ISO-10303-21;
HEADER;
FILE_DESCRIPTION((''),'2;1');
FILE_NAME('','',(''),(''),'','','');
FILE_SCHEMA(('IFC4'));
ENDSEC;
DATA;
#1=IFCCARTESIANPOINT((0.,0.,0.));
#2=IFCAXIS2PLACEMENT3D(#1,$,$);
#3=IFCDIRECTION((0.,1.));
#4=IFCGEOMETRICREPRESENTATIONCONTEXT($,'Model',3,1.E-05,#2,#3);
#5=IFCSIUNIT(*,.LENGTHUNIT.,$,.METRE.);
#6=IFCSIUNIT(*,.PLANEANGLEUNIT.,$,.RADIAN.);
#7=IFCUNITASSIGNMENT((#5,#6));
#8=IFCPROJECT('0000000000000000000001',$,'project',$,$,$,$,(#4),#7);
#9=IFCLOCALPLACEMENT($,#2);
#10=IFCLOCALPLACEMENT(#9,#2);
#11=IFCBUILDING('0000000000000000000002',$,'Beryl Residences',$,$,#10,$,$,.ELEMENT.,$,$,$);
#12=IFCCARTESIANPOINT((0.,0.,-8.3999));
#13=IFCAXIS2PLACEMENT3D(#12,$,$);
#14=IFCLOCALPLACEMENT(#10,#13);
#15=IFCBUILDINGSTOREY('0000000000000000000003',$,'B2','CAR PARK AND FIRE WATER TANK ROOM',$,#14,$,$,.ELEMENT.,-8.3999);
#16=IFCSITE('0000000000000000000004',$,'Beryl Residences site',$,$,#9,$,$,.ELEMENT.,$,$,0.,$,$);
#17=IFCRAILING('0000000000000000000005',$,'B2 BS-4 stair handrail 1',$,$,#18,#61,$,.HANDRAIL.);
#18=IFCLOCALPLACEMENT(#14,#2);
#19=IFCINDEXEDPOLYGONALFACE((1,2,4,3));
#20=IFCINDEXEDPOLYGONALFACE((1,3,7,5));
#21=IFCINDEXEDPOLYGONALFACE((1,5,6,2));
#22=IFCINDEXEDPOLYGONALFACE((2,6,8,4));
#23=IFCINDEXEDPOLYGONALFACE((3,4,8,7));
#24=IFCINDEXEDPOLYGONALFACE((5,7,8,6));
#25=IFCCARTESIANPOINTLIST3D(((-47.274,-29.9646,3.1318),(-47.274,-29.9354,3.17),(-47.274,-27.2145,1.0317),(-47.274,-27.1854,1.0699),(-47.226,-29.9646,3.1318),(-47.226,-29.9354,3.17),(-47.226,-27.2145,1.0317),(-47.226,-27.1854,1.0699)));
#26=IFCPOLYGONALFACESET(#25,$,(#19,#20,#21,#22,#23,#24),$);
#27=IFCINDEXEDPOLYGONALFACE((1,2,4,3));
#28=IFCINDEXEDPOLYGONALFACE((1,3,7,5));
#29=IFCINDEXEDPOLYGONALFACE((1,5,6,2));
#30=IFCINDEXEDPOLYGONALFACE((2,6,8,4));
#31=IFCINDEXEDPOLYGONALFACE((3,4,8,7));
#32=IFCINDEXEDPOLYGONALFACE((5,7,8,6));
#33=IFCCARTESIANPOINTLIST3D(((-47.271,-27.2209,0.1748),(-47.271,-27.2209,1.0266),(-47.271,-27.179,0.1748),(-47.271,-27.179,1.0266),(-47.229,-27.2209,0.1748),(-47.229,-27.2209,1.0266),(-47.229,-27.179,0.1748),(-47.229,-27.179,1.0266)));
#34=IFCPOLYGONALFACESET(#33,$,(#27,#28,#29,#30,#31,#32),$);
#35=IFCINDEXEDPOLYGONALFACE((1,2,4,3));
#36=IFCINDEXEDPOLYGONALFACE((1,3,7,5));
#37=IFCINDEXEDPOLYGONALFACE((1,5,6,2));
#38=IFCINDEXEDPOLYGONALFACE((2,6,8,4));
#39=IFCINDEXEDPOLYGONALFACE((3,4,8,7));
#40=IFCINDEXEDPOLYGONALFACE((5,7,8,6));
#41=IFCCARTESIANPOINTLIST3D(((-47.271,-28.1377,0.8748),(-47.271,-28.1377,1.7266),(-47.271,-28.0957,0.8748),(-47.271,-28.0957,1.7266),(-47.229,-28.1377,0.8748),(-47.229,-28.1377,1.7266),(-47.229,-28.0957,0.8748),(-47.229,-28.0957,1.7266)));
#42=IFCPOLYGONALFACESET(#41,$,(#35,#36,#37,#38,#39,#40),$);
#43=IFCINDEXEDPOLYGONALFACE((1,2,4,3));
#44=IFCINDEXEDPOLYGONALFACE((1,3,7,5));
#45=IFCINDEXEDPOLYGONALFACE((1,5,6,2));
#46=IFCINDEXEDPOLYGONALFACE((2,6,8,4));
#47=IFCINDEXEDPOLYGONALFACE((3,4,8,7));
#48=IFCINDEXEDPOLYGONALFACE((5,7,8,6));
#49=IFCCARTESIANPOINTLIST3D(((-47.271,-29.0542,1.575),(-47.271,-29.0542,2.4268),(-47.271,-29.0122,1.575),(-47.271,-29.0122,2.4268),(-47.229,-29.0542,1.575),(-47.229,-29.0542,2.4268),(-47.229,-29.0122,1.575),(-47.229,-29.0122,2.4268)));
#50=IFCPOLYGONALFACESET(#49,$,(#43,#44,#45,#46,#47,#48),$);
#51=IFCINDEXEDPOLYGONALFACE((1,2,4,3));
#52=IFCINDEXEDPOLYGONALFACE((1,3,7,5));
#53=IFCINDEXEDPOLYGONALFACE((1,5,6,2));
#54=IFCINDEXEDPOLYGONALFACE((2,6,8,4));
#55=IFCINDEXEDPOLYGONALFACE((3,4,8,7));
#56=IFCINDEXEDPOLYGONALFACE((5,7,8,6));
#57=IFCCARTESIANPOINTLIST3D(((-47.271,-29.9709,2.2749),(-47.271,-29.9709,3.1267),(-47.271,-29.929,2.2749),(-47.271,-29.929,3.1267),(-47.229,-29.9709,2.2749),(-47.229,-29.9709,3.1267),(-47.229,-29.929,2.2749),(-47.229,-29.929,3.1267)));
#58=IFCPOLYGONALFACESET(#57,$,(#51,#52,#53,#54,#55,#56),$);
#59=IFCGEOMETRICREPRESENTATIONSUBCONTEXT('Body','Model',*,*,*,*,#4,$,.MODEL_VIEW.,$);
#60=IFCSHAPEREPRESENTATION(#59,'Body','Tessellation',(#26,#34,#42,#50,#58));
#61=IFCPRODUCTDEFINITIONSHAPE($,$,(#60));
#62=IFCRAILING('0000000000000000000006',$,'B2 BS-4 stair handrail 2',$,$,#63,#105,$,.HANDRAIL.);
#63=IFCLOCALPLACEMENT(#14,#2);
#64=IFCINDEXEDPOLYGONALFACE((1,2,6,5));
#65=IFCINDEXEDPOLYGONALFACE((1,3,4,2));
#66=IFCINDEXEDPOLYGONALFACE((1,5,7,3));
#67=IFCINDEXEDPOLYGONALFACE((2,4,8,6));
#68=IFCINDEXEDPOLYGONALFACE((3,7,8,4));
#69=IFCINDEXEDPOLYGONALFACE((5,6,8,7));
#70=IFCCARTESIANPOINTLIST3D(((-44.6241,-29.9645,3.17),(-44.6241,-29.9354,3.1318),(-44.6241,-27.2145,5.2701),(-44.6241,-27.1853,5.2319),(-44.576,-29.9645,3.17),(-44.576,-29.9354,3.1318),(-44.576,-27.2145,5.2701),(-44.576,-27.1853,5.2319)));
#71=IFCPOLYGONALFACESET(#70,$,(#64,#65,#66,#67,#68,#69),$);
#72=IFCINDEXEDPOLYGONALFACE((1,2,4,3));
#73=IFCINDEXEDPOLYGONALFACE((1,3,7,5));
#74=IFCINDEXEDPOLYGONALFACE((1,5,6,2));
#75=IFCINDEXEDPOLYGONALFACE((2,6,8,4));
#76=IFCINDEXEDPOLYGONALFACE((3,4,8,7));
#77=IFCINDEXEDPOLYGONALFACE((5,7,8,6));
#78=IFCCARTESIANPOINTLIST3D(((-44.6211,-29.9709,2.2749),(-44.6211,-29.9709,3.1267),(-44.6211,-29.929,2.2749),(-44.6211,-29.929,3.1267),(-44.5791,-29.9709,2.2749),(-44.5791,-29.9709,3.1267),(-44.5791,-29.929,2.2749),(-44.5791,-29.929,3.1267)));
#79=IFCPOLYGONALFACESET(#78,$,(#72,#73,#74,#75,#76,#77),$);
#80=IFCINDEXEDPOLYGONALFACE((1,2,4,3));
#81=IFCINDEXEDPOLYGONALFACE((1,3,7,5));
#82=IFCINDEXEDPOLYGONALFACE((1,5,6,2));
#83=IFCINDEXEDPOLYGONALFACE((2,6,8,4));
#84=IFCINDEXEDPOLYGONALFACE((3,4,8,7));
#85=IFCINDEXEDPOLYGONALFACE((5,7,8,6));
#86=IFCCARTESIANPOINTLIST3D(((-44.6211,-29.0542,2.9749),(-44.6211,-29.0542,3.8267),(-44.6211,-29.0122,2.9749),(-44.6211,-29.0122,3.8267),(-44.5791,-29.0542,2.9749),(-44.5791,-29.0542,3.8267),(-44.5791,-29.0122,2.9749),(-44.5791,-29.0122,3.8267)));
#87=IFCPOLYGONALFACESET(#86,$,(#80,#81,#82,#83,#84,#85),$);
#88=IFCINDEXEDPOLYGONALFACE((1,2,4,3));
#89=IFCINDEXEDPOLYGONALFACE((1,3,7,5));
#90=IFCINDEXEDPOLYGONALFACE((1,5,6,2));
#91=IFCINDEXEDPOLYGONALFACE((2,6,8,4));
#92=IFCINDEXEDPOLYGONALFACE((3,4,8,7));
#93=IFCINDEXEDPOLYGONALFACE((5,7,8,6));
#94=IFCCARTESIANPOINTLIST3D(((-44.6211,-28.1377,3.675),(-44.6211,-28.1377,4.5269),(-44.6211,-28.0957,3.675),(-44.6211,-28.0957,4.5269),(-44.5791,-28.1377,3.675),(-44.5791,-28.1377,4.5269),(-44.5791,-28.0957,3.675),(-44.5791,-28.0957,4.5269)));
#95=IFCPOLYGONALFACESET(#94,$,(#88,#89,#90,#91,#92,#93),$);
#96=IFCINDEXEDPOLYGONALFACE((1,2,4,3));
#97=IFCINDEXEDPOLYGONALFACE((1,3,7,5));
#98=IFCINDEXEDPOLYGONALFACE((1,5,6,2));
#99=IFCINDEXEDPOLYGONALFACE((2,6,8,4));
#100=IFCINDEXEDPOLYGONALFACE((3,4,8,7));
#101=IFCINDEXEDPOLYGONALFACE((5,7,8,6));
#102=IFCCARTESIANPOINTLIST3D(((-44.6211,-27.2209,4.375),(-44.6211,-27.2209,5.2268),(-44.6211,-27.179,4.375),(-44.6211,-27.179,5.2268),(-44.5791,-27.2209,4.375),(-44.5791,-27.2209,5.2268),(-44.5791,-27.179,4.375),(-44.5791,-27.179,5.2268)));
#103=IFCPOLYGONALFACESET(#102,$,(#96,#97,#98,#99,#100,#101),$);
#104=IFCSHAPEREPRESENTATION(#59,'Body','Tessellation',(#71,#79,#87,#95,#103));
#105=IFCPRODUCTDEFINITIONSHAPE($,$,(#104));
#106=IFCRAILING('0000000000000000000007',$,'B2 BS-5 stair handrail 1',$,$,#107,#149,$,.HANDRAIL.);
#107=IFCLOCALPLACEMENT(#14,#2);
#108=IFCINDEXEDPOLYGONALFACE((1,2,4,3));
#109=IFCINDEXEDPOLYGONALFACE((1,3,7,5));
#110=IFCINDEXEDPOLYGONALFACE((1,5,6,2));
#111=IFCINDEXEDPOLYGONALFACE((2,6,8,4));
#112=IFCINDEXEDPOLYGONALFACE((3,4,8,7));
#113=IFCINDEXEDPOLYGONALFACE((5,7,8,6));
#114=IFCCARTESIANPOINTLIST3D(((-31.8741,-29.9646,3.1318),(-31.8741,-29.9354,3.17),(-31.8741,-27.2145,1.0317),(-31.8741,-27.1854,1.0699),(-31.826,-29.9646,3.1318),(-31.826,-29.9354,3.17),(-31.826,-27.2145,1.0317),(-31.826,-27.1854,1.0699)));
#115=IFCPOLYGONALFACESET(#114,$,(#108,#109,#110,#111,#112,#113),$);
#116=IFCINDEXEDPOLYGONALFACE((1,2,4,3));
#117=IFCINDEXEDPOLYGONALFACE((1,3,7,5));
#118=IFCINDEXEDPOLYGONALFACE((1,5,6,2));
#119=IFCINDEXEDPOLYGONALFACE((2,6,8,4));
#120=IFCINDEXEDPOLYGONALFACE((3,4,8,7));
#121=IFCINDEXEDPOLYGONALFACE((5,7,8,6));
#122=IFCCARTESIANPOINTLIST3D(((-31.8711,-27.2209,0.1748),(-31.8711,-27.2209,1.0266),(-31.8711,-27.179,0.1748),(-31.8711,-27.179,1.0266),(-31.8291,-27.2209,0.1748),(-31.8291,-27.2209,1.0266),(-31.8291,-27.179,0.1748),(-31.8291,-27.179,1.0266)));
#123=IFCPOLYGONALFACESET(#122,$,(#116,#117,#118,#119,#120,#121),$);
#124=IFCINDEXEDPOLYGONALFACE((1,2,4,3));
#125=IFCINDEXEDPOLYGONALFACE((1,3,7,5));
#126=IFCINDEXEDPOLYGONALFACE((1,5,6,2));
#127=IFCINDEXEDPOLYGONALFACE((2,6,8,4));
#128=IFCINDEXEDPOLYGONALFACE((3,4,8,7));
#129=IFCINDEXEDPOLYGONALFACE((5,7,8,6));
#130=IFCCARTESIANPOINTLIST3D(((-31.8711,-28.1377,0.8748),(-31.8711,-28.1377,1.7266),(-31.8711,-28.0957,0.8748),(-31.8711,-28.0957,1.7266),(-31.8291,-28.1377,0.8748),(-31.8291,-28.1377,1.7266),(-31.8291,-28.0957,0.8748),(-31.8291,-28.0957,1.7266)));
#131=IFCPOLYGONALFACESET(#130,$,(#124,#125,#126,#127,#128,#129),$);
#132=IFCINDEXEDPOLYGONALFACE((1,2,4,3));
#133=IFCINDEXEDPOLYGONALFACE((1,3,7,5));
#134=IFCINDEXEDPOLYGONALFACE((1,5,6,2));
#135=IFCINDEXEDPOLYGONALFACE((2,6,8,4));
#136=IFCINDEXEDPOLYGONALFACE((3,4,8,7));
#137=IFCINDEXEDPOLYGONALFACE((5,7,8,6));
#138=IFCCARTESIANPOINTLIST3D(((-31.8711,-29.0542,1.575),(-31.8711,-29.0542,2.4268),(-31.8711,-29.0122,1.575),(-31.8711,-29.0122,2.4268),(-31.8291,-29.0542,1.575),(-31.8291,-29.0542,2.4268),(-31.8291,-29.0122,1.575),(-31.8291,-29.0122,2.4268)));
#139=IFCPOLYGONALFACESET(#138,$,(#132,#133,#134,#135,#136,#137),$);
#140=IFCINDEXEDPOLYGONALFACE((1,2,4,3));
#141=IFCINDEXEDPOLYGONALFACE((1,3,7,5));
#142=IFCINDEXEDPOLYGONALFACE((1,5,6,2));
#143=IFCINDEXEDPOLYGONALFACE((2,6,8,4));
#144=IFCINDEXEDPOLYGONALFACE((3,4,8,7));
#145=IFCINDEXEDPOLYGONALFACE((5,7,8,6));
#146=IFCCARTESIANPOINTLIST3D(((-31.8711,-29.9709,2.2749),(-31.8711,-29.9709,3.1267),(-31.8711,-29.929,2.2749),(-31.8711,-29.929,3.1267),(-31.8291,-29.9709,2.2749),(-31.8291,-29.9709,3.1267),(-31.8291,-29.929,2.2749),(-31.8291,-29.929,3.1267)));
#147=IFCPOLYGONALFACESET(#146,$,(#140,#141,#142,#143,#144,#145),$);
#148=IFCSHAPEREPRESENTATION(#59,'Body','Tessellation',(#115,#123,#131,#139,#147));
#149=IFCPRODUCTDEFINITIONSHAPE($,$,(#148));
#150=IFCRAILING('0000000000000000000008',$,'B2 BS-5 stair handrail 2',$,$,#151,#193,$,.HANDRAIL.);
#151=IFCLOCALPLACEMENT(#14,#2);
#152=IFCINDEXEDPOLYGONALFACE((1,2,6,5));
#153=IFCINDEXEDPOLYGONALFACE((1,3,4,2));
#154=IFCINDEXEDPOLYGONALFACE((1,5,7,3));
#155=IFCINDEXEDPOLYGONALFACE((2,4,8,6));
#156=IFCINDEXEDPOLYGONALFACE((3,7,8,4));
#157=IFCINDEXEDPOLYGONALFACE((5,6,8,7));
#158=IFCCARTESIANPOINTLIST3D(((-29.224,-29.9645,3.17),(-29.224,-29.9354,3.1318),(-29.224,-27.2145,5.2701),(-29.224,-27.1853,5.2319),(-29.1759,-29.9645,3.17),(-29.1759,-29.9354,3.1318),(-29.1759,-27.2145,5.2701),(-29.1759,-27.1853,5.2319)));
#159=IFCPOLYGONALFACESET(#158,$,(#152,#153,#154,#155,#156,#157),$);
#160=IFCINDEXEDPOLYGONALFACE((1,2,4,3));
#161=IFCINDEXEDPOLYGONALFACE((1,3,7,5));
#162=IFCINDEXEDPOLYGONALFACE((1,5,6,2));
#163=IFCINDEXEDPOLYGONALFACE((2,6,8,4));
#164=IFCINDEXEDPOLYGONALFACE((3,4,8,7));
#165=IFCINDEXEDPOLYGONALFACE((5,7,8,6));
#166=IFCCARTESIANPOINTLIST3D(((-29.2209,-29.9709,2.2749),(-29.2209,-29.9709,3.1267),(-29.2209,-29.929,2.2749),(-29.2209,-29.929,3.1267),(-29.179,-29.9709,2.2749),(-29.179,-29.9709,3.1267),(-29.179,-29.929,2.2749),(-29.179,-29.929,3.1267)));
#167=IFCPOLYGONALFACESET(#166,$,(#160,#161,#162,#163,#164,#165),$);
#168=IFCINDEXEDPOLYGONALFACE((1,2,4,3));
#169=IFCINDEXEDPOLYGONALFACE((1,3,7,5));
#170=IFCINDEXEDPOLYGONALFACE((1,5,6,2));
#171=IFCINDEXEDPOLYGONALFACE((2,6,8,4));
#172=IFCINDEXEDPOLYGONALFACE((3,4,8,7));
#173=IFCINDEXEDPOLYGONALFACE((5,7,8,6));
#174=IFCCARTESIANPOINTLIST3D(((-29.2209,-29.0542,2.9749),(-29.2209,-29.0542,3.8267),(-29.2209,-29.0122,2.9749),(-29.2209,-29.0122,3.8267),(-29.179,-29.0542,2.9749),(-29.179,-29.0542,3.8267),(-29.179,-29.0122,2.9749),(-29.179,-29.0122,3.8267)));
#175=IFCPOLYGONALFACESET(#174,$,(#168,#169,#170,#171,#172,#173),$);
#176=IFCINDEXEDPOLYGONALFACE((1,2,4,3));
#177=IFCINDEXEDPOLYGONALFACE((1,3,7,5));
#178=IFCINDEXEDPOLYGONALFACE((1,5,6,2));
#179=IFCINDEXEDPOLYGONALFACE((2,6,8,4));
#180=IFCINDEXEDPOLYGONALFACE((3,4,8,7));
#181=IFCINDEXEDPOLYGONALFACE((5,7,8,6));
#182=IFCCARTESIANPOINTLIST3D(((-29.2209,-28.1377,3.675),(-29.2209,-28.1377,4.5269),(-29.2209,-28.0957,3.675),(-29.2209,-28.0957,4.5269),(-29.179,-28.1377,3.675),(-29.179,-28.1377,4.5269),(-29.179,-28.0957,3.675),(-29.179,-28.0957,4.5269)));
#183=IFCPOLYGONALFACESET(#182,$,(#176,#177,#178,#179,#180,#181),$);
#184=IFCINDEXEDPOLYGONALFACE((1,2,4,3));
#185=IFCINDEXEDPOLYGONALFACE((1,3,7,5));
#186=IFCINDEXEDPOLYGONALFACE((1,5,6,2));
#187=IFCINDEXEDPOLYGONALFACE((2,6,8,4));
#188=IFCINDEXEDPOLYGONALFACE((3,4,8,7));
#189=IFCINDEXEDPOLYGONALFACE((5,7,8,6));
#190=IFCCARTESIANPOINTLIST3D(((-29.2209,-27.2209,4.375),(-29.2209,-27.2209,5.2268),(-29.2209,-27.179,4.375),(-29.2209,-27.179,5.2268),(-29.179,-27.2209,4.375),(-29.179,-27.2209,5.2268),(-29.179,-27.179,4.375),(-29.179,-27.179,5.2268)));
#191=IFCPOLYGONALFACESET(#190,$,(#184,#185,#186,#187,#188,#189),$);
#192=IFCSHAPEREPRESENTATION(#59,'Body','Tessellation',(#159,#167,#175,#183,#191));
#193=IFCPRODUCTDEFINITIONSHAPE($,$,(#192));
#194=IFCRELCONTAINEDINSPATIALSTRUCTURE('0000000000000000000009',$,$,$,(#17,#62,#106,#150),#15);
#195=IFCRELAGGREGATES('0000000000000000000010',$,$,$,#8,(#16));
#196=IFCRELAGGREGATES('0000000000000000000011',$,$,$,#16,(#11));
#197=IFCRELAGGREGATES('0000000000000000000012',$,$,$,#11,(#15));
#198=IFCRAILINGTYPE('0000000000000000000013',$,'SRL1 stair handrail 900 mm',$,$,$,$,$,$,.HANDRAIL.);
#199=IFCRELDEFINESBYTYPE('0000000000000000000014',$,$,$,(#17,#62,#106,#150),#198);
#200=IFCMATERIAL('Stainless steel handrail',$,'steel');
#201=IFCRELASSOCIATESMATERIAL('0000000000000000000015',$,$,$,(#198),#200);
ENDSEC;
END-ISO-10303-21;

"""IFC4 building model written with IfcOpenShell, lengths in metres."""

from ifc_helpers import new_model, si_unit, direction, frame, origin, origin_2d, place, context, subcontext, project, spatial, rectangle, extrude, material, type_object, element, save


model = new_model("IFC4")

# Units and contexts
model_context = context("Model", 3, precision=1e-05, world=origin(), true_north=direction((0.0, 1.0)))
body_context = subcontext(model_context, "Body", "Model", "MODEL_VIEW")
ifc_project = project(units=[si_unit("LENGTHUNIT", "METRE"), si_unit("PLANEANGLEUNIT", "RADIAN")], contexts=[model_context])

# Site, building, storey
site_placement = place(None, origin())
site = spatial("IfcSite", under=ifc_project, at=site_placement, Name="Beryl Residences site", CompositionType="ELEMENT", RefElevation=0.0)
building_placement = place(site_placement, origin())
building = spatial("IfcBuilding", under=site, at=building_placement, Name="Beryl Residences", CompositionType="ELEMENT")
storey_placement = place(building_placement, frame((0.0, 0.0, -8.3999)))
storey = spatial("IfcBuildingStorey", under=building, at=storey_placement, Name="B2", Description="CAR PARK AND FIRE WATER TANK ROOM", CompositionType="ELEMENT", Elevation=-8.3999)

# Railings
ifc_material_1 = material(Name="Stainless steel handrail", Category="steel")
railing_type_1 = type_object("IfcRailingType", Name="SRL1 stair handrail 900 mm", PredefinedType="HANDRAIL", material=ifc_material_1)
railing_1_placement = place(storey_placement, frame((-47.25, -27.2, 0.1748)))
element("IfcRailing", 1, at=railing_1_placement, inside=storey, type_object=railing_type_1, Name="B2 BS-4 stair handrail 1", PredefinedType="HANDRAIL", context=body_context, shape_type="SweptSolid", body=[
    extrude(rectangle(XDim=0.0481, YDim=0.0481, at=origin_2d()), frame((0.0, 0.0, 0.876), z_axis=(0.0, -0.794754, 0.606931), x_axis=(1.0, 0.0, 0.0)), (0.0, 0.0, 1.0), 3.4602),
    extrude(rectangle(XDim=0.042, YDim=0.042, at=origin_2d()), origin(), (0.0, 0.0, 1.0), 0.8518),
    extrude(rectangle(XDim=0.042, YDim=0.042, at=origin_2d()), frame((0.0, -0.9167, 0.7)), (0.0, 0.0, 1.0), 0.8518),
    extrude(rectangle(XDim=0.042, YDim=0.042, at=origin_2d()), frame((0.0, -1.8333, 1.4001)), (0.0, 0.0, 1.0), 0.8518),
    extrude(rectangle(XDim=0.042, YDim=0.042, at=origin_2d()), frame((0.0, -2.75, 2.1001)), (0.0, 0.0, 1.0), 0.8518),
])
railing_2_placement = place(storey_placement, frame((-44.6001, -29.95, 2.2749)))
element("IfcRailing", 2, at=railing_2_placement, inside=storey, type_object=railing_type_1, Name="B2 BS-4 stair handrail 2", PredefinedType="HANDRAIL", context=body_context, shape_type="SweptSolid", body=[
    extrude(rectangle(XDim=0.0481, YDim=0.0481, at=origin_2d()), frame((0.0, 0.0, 0.876), z_axis=(0.0, 0.794754, 0.606931), x_axis=(-1.0, 0.0, 0.0)), (0.0, 0.0, 1.0), 3.4602),
    extrude(rectangle(XDim=0.042, YDim=0.042, at=origin_2d()), origin(), (0.0, 0.0, 1.0), 0.8518),
    extrude(rectangle(XDim=0.042, YDim=0.042, at=origin_2d()), frame((0.0, 0.9167, 0.7)), (0.0, 0.0, 1.0), 0.8518),
    extrude(rectangle(XDim=0.042, YDim=0.042, at=origin_2d()), frame((0.0, 1.8333, 1.4001)), (0.0, 0.0, 1.0), 0.8518),
    extrude(rectangle(XDim=0.042, YDim=0.042, at=origin_2d()), frame((0.0, 2.75, 2.1001)), (0.0, 0.0, 1.0), 0.8518),
])
railing_3_placement = place(storey_placement, frame((-31.8501, -27.2, 0.1748)))
element("IfcRailing", 3, at=railing_3_placement, inside=storey, type_object=railing_type_1, Name="B2 BS-5 stair handrail 1", PredefinedType="HANDRAIL", context=body_context, shape_type="SweptSolid", body=[
    extrude(rectangle(XDim=0.0481, YDim=0.0481, at=origin_2d()), frame((0.0, 0.0, 0.876), z_axis=(0.0, -0.794754, 0.606931), x_axis=(1.0, 0.0, 0.0)), (0.0, 0.0, 1.0), 3.4602),
    extrude(rectangle(XDim=0.042, YDim=0.042, at=origin_2d()), origin(), (0.0, 0.0, 1.0), 0.8518),
    extrude(rectangle(XDim=0.042, YDim=0.042, at=origin_2d()), frame((0.0, -0.9167, 0.7)), (0.0, 0.0, 1.0), 0.8518),
    extrude(rectangle(XDim=0.042, YDim=0.042, at=origin_2d()), frame((0.0, -1.8333, 1.4001)), (0.0, 0.0, 1.0), 0.8518),
    extrude(rectangle(XDim=0.042, YDim=0.042, at=origin_2d()), frame((0.0, -2.75, 2.1001)), (0.0, 0.0, 1.0), 0.8518),
])
railing_4_placement = place(storey_placement, frame((-29.2, -29.95, 2.2749)))
element("IfcRailing", 4, at=railing_4_placement, inside=storey, type_object=railing_type_1, Name="B2 BS-5 stair handrail 2", PredefinedType="HANDRAIL", context=body_context, shape_type="SweptSolid", body=[
    extrude(rectangle(XDim=0.0481, YDim=0.0481, at=origin_2d()), frame((0.0, 0.0, 0.876), z_axis=(0.0, 0.794754, 0.606931), x_axis=(-1.0, 0.0, 0.0)), (0.0, 0.0, 1.0), 3.4602),
    extrude(rectangle(XDim=0.042, YDim=0.042, at=origin_2d()), origin(), (0.0, 0.0, 1.0), 0.8518),
    extrude(rectangle(XDim=0.042, YDim=0.042, at=origin_2d()), frame((0.0, 0.9167, 0.7)), (0.0, 0.0, 1.0), 0.8518),
    extrude(rectangle(XDim=0.042, YDim=0.042, at=origin_2d()), frame((0.0, 1.8333, 1.4001)), (0.0, 0.0, 1.0), 0.8518),
    extrude(rectangle(XDim=0.042, YDim=0.042, at=origin_2d()), frame((0.0, 2.75, 2.1001)), (0.0, 0.0, 1.0), 0.8518),
])

save(model, "model.ifc")
